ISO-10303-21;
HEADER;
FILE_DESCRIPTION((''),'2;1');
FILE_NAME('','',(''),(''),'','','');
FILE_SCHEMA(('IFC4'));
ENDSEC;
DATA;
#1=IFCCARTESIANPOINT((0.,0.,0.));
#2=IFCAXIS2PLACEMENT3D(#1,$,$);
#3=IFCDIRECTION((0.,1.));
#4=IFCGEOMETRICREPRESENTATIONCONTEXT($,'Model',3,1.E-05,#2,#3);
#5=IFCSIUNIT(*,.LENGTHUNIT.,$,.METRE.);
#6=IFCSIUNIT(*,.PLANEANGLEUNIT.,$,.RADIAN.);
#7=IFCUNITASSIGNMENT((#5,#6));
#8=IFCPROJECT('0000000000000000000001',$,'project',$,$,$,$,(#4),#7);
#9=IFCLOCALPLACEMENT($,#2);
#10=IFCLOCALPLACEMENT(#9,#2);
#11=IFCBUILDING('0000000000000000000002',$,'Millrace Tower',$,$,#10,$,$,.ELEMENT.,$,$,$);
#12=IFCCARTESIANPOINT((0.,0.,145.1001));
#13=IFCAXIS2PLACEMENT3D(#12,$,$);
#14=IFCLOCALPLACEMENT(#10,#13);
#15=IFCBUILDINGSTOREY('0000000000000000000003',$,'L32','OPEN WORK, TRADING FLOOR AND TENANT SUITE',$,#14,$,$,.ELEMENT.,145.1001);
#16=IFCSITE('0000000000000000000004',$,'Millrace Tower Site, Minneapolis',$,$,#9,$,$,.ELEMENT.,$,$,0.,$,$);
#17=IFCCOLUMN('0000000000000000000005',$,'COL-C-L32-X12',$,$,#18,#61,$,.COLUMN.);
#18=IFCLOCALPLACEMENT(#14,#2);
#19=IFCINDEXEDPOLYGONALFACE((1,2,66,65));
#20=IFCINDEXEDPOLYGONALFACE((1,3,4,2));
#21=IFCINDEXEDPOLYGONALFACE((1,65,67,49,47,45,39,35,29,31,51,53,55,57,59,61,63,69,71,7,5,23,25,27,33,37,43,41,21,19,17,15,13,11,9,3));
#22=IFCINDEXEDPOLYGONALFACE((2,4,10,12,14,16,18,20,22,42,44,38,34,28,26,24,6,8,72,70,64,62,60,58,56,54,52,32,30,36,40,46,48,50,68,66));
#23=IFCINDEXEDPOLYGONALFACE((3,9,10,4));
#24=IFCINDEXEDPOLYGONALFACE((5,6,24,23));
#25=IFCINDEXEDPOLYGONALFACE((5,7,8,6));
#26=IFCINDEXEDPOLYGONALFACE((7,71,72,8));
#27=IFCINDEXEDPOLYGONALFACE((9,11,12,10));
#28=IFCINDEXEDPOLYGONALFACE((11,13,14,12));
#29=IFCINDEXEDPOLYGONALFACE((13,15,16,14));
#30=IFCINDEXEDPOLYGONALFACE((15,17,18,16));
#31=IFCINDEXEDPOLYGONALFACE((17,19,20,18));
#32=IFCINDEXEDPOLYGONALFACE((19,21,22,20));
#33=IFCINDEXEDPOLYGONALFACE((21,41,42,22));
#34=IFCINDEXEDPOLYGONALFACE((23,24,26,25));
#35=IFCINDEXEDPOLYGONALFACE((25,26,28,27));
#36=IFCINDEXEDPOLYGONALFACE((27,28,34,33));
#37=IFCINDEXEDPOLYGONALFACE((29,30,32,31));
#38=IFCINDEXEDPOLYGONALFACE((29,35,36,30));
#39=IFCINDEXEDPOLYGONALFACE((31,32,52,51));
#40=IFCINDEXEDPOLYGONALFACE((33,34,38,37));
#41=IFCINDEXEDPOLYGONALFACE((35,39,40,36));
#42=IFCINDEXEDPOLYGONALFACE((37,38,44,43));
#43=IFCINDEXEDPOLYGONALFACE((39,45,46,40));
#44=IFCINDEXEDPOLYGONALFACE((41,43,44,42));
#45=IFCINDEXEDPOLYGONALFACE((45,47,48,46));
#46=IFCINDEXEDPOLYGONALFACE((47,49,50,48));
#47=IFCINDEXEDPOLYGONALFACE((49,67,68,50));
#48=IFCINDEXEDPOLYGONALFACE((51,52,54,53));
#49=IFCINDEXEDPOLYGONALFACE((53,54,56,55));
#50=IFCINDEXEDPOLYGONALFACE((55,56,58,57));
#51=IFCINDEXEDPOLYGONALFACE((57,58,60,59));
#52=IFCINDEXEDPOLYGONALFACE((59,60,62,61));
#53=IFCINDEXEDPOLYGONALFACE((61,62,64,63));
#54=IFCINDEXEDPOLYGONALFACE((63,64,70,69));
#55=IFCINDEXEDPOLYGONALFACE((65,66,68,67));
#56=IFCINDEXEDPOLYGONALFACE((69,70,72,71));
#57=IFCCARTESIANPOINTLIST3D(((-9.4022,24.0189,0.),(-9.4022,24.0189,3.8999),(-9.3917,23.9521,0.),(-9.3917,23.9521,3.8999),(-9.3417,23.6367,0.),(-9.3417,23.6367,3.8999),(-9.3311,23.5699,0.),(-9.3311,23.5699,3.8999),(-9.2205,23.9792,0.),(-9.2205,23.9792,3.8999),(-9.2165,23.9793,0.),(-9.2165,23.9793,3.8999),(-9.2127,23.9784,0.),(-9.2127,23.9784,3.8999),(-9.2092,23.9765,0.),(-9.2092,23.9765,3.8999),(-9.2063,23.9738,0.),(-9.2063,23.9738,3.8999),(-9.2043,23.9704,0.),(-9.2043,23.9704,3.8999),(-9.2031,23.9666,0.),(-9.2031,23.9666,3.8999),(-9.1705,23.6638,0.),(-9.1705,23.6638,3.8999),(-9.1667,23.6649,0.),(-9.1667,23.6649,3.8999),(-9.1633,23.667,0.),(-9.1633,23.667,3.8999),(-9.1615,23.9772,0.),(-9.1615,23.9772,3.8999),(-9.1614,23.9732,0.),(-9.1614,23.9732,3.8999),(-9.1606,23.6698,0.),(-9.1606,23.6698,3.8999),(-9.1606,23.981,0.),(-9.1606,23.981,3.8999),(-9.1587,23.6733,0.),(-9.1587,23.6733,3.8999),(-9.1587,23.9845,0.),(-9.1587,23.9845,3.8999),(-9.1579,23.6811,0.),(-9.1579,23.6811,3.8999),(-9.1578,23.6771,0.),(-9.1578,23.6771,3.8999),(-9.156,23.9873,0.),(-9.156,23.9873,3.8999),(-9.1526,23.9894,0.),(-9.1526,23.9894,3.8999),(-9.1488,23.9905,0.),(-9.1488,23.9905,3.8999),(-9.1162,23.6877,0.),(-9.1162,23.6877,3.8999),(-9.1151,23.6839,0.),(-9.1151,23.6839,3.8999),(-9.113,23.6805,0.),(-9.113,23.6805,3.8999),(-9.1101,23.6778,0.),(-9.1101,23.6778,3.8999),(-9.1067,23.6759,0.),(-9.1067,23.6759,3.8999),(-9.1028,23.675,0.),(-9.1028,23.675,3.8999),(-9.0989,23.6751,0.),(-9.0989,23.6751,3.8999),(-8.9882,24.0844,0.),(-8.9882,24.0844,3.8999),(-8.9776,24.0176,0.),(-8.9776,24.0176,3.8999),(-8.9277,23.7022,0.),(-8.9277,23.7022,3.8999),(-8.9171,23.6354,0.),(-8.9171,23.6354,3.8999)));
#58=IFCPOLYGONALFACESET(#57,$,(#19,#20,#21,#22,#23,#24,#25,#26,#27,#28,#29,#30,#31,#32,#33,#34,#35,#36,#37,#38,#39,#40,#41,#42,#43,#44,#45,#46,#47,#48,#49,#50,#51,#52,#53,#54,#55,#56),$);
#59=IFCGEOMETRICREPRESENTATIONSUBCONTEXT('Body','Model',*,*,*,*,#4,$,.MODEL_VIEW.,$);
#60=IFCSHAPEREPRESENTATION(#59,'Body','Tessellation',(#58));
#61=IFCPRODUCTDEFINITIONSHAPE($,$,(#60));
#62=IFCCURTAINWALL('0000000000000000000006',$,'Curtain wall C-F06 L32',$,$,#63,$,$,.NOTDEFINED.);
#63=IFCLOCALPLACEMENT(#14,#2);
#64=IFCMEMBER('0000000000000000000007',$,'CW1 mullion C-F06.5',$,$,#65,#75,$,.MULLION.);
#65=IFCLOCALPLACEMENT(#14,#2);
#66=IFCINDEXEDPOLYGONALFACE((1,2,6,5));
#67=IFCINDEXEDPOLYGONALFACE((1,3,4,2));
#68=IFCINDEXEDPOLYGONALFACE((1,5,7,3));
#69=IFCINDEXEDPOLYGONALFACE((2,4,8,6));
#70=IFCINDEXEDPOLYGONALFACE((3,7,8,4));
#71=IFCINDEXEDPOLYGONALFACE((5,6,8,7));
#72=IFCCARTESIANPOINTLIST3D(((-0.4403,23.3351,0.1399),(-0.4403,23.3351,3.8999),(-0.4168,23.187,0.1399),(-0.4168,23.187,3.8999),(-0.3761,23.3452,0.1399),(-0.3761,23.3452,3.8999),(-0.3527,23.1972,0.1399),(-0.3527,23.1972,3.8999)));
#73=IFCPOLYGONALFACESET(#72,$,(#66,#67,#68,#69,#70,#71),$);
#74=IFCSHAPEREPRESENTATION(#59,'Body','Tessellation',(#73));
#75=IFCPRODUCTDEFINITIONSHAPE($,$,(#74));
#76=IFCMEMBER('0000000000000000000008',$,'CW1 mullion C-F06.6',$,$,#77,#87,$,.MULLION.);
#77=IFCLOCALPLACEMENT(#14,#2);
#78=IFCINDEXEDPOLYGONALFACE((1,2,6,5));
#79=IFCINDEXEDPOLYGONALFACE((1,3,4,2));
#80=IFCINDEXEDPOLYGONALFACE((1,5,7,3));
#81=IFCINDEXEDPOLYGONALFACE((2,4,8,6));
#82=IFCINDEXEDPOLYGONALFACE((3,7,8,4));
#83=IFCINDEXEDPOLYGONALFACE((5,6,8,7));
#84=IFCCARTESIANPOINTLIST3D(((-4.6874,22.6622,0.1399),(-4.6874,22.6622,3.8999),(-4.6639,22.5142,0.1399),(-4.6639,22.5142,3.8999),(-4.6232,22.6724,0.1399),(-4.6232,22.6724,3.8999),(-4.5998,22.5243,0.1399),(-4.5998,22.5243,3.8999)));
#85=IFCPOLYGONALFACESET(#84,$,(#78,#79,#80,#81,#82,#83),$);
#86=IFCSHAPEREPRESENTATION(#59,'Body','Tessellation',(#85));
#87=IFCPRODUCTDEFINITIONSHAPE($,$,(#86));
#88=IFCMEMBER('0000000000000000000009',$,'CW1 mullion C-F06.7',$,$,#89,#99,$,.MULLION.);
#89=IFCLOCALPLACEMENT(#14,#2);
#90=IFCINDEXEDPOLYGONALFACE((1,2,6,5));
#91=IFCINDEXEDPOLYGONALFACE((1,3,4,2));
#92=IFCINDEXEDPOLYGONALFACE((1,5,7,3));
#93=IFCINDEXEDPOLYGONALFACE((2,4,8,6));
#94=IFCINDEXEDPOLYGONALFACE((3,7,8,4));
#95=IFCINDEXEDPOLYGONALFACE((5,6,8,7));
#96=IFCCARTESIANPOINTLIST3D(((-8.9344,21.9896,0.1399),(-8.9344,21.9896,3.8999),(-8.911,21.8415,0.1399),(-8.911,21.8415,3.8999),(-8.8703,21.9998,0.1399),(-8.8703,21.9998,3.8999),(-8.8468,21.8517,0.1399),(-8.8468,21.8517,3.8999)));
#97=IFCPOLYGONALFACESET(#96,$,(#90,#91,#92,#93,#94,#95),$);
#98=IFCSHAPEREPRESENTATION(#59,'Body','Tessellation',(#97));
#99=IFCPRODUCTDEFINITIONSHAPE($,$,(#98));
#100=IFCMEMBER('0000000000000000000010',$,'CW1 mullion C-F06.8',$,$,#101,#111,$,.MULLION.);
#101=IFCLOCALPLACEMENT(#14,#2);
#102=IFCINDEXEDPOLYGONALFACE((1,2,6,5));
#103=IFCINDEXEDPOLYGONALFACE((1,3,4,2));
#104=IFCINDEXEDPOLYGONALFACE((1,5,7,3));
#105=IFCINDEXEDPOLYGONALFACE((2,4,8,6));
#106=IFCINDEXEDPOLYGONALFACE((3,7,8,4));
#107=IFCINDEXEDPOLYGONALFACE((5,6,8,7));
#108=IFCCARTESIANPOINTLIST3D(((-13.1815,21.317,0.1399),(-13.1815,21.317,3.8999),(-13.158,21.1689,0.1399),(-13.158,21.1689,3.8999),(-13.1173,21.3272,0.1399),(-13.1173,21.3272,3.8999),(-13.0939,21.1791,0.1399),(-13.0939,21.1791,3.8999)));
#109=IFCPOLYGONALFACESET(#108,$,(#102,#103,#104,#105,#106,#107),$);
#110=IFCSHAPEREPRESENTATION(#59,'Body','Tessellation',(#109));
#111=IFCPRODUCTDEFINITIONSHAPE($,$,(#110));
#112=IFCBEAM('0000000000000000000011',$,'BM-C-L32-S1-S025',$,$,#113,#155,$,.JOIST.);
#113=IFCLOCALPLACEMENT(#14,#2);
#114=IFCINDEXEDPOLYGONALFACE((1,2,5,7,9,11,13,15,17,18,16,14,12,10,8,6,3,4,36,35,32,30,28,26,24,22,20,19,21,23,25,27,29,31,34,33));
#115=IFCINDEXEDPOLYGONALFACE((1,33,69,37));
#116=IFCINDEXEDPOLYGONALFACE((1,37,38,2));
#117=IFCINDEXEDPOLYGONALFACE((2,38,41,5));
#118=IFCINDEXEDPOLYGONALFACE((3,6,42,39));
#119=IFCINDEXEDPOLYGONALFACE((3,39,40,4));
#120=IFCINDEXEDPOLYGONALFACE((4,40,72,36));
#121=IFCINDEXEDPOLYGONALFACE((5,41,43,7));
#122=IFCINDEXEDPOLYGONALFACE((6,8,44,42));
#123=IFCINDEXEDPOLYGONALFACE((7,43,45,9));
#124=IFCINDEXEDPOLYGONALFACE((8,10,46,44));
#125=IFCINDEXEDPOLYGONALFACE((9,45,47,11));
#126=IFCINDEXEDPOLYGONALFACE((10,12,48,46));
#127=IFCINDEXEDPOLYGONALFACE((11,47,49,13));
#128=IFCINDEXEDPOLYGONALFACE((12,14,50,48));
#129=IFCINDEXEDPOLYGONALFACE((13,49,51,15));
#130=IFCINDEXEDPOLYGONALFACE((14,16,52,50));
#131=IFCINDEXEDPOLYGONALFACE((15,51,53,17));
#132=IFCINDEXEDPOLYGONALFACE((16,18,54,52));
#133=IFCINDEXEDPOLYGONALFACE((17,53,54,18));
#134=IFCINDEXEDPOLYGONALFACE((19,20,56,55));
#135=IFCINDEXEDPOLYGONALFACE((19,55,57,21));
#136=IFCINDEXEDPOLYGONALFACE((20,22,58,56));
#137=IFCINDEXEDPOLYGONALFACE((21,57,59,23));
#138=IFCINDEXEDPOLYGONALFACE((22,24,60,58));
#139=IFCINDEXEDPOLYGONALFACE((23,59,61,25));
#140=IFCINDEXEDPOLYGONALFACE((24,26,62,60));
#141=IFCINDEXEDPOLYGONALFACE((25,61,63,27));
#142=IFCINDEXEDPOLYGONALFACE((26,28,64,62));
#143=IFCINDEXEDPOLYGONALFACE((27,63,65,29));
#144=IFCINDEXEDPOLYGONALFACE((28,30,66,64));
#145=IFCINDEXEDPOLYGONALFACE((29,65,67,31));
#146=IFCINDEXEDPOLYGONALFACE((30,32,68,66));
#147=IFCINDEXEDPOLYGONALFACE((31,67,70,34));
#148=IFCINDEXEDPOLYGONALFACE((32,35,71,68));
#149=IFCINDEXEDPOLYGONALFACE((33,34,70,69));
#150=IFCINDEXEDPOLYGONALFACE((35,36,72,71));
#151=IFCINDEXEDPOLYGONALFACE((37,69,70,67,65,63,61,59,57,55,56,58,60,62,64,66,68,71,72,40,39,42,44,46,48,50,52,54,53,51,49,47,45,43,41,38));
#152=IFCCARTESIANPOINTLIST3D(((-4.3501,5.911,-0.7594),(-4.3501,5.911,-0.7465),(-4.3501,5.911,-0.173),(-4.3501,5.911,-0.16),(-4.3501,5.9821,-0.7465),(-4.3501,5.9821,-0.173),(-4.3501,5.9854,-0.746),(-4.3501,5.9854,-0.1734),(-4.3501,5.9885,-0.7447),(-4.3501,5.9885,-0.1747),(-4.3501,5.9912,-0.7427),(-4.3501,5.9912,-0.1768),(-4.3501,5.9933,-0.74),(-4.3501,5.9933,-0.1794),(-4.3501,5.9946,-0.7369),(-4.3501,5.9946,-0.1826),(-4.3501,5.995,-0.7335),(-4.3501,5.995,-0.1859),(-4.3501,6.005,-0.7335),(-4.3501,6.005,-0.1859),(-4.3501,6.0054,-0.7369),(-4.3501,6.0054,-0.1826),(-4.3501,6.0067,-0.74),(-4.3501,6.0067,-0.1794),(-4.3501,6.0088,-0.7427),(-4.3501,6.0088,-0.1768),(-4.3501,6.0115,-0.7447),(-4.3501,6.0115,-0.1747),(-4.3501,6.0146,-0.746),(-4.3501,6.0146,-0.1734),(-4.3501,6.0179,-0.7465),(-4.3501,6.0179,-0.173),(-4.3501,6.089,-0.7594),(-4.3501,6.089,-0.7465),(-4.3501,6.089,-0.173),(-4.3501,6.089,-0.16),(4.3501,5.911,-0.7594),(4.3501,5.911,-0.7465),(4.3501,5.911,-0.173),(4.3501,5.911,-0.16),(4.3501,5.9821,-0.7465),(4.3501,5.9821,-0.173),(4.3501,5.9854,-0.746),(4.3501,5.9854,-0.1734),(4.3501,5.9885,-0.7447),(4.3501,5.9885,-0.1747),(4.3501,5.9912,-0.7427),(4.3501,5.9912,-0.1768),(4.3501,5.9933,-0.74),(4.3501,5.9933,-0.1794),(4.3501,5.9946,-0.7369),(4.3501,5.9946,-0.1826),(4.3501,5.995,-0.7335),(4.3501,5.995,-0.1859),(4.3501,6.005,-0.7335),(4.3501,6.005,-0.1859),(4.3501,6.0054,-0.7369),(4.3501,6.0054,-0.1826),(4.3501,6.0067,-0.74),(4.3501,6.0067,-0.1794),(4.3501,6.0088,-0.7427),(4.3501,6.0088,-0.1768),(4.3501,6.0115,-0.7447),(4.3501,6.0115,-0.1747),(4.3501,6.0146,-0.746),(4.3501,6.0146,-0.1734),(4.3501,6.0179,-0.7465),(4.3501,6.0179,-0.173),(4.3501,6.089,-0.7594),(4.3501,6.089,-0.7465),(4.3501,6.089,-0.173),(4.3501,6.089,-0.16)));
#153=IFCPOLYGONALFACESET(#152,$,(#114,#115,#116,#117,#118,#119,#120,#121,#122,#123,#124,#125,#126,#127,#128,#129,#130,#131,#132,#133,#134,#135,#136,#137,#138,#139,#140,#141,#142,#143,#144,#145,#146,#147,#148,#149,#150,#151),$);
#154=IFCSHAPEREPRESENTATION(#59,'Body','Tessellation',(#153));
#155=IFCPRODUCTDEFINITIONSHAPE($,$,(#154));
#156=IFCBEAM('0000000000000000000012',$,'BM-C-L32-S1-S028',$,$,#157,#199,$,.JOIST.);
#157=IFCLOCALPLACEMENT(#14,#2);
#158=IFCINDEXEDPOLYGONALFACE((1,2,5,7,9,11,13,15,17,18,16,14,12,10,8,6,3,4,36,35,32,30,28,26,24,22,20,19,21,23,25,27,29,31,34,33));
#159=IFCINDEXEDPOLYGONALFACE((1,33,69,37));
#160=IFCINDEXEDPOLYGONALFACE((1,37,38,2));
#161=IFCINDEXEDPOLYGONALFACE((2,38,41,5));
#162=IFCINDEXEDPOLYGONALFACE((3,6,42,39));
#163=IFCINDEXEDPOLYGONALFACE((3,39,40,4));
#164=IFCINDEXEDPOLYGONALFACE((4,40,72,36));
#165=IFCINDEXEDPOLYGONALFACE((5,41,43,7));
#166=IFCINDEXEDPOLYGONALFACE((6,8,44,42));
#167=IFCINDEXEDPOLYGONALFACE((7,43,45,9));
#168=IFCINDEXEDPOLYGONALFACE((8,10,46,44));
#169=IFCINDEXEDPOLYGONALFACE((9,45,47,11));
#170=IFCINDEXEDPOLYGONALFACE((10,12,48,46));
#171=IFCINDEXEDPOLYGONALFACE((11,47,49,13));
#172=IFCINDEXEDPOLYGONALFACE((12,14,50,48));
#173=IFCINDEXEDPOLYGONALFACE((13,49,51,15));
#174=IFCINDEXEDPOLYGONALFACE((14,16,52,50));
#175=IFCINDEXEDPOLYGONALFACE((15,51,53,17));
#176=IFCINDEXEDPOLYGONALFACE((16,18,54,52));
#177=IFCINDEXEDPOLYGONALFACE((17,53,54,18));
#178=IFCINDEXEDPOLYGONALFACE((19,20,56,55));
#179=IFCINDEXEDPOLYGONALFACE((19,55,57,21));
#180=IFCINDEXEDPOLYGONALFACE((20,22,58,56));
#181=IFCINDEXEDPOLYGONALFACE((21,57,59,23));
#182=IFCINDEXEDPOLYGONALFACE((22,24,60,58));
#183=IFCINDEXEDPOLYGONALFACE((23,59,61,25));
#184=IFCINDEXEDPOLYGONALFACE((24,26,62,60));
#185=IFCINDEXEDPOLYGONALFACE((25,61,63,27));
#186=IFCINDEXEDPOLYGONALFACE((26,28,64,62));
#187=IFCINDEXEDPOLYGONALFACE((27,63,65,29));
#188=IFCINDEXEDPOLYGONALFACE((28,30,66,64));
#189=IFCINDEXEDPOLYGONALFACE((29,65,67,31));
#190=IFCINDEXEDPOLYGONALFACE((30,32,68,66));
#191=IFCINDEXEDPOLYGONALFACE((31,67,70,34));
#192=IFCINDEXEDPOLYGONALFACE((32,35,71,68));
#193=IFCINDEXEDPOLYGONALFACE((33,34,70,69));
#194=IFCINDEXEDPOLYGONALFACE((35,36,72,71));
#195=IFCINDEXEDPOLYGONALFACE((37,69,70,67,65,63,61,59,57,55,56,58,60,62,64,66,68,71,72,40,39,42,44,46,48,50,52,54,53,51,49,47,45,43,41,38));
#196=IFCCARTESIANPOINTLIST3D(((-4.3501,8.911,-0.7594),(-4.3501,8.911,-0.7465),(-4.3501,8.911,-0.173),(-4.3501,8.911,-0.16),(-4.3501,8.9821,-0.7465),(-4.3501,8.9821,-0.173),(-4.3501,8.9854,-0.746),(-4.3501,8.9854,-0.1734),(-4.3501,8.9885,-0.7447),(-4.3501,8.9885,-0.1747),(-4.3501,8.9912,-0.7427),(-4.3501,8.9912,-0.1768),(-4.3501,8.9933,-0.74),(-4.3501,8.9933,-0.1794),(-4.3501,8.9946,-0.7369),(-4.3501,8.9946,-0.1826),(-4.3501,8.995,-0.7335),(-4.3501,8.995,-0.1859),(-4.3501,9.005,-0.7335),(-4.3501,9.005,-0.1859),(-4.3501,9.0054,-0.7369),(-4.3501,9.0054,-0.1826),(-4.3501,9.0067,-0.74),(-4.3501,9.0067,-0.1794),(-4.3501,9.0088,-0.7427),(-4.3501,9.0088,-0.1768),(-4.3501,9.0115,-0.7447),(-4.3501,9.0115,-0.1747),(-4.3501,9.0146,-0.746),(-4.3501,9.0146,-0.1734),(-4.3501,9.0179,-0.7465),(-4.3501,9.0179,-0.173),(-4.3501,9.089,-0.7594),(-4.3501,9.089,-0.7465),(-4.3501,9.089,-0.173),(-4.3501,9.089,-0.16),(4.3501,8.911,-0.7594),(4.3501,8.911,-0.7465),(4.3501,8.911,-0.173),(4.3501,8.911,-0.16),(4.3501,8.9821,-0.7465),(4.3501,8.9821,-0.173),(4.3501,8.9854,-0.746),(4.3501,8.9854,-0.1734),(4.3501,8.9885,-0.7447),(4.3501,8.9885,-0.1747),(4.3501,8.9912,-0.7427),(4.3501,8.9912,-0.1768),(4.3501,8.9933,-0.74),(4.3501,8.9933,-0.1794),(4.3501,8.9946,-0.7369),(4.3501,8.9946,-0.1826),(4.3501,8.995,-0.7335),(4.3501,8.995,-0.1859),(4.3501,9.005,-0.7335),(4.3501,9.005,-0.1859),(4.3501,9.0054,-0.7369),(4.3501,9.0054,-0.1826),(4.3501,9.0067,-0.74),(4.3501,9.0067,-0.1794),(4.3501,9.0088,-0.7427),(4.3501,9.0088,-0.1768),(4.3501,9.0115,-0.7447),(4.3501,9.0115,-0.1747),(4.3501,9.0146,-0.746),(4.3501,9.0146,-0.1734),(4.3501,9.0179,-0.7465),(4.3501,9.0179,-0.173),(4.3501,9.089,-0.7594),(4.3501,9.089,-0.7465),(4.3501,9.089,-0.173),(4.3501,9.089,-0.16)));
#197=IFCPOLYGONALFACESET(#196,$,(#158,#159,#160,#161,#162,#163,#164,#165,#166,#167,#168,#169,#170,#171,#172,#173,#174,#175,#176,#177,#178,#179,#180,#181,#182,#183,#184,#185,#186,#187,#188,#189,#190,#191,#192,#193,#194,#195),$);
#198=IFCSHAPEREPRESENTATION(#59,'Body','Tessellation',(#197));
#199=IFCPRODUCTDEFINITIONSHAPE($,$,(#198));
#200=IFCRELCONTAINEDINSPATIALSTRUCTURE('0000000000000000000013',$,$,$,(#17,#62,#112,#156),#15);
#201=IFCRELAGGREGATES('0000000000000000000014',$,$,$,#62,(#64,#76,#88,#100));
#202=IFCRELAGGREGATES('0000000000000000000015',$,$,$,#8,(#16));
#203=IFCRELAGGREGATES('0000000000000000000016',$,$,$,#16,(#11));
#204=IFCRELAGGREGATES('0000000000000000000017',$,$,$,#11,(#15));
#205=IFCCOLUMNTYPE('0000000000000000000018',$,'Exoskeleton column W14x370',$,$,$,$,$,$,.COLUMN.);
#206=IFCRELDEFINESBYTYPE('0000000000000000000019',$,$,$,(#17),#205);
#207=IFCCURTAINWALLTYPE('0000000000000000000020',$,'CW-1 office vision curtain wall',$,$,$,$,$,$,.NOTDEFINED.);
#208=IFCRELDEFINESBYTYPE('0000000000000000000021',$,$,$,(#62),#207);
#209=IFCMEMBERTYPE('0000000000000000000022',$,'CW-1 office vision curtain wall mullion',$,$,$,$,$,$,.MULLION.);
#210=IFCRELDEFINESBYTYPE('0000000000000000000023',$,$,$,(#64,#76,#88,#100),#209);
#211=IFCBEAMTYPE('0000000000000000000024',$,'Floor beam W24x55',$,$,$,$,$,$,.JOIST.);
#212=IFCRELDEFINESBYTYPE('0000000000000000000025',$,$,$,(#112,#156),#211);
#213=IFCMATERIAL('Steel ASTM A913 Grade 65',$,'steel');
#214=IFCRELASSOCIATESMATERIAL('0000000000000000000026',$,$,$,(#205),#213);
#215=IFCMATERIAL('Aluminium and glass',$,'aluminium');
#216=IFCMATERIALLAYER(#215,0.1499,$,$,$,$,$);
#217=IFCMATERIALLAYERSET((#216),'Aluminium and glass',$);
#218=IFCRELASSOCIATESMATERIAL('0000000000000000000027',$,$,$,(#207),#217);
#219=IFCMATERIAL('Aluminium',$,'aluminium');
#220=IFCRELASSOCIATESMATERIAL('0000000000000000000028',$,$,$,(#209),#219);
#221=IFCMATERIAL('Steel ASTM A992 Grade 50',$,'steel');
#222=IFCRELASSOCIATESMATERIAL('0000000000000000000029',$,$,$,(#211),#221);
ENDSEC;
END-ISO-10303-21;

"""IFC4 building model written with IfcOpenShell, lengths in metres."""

from ifc_helpers import new_model, si_unit, direction, frame, origin, origin_2d, place, context, subcontext, project, spatial, rectangle, i_section, extrude, material, layer, layer_set, material_profile, profile_set, type_object, element, aggregate, save


model = new_model("IFC4")

# Units and contexts
model_context = context("Model", 3, precision=1e-05, world=origin(), true_north=direction((0.0, 1.0)))
body_context = subcontext(model_context, "Body", "Model", "MODEL_VIEW")
ifc_project = project(units=[si_unit("LENGTHUNIT", "METRE"), si_unit("PLANEANGLEUNIT", "RADIAN")], contexts=[model_context])

# Site, building, storey
site_placement = place(None, origin())
site = spatial("IfcSite", under=ifc_project, at=site_placement, Name="Millrace Tower Site, Minneapolis", CompositionType="ELEMENT", RefElevation=0.0)
building_placement = place(site_placement, origin())
building = spatial("IfcBuilding", under=site, at=building_placement, Name="Millrace Tower", CompositionType="ELEMENT")
storey_placement = place(building_placement, frame((0.0, 0.0, 145.1001)))
storey = spatial("IfcBuildingStorey", under=building, at=storey_placement, Name="L32", Description="OPEN WORK, TRADING FLOOR AND TENANT SUITE", CompositionType="ELEMENT", Elevation=145.1001)

# Column
ifc_material_1 = material(Name="Steel ASTM A913 Grade 65", Category="steel")
ifc_material_profile_1 = material_profile(ifc_material_1, i_section(OverallWidth=0.4192, OverallDepth=0.4546, WebThickness=0.0422, FlangeThickness=0.0676, FilletRadius=0.0151, at=origin_2d()))
ifc_profile_set_1 = profile_set([ifc_material_profile_1], Name="Steel ASTM A913 Grade 65")
column_type = type_object("IfcColumnType", Name="Exoskeleton column W14x370", PredefinedType="COLUMN", material=ifc_profile_set_1)
column_placement = place(storey_placement, frame((-9.1597, 23.8271, 0.0), z_axis=(0.0, 0.0, 1.0), x_axis=(-0.987688, -0.156434, 0.0)))
element("IfcColumn", 1, at=column_placement, inside=storey, type_object=column_type, Name="COL-C-L32-X12", PredefinedType="COLUMN", context=body_context, shape_type="SweptSolid", body=[
    extrude(i_section(OverallWidth=0.4192, OverallDepth=0.4546, WebThickness=0.0422, FlangeThickness=0.0676, FilletRadius=0.0151, at=origin_2d()), origin(), (0.0, 0.0, 1.0), 3.8999),
])

# Curtain wall, members
ifc_material_2 = material(Name="Aluminium and glass", Category="aluminium")
ifc_layer_1 = layer(ifc_material_2, 0.1499)
ifc_layer_set_1 = layer_set([ifc_layer_1], Name="Aluminium and glass")
curtain_wall_type = type_object("IfcCurtainWallType", Name="CW-1 office vision curtain wall", PredefinedType="NOTDEFINED", material=ifc_layer_set_1)
placement = place(storey_placement, origin())
curtain_wall = element("IfcCurtainWall", 2, at=placement, inside=storey, type_object=curtain_wall_type, Name="Curtain wall C-F06 L32", PredefinedType="NOTDEFINED")
ifc_material_3 = material(Name="Aluminium", Category="aluminium")
ifc_material_profile_2 = material_profile(ifc_material_3, rectangle(XDim=0.0649, YDim=0.1499, at=origin_2d()))
ifc_profile_set_2 = profile_set([ifc_material_profile_2], Name="Aluminium")
member_type = type_object("IfcMemberType", Name="CW-1 office vision curtain wall mullion", PredefinedType="MULLION", material=ifc_profile_set_2)
member_1_placement = place(storey_placement, frame((-0.3965, 23.2661, 0.1399), z_axis=(0.0, 0.0, 1.0), x_axis=(-0.987688, -0.156434, 0.0)))
member_1 = element("IfcMember", 3, at=member_1_placement, type_object=member_type, Name="CW1 mullion C-F06.5", PredefinedType="MULLION", context=body_context, shape_type="SweptSolid", body=[
    extrude(rectangle(XDim=0.0649, YDim=0.1499, at=origin_2d()), origin(), (0.0, 0.0, 1.0), 3.76),
])
member_2_placement = place(storey_placement, frame((-4.6436, 22.5933, 0.1399), z_axis=(0.0, 0.0, 1.0), x_axis=(-0.987688, -0.156434, 0.0)))
member_2 = element("IfcMember", 4, at=member_2_placement, type_object=member_type, Name="CW1 mullion C-F06.6", PredefinedType="MULLION", context=body_context, shape_type="SweptSolid", body=[
    extrude(rectangle(XDim=0.0649, YDim=0.1499, at=origin_2d()), origin(), (0.0, 0.0, 1.0), 3.76),
])
member_3_placement = place(storey_placement, frame((-8.8906, 21.9207, 0.1399), z_axis=(0.0, 0.0, 1.0), x_axis=(-0.987688, -0.156434, 0.0)))
member_3 = element("IfcMember", 5, at=member_3_placement, type_object=member_type, Name="CW1 mullion C-F06.7", PredefinedType="MULLION", context=body_context, shape_type="SweptSolid", body=[
    extrude(rectangle(XDim=0.0649, YDim=0.1499, at=origin_2d()), origin(), (0.0, 0.0, 1.0), 3.76),
])
member_4_placement = place(storey_placement, frame((-13.1377, 21.248, 0.1399), z_axis=(0.0, 0.0, 1.0), x_axis=(-0.987688, -0.156434, 0.0)))
member_4 = element("IfcMember", 6, at=member_4_placement, type_object=member_type, Name="CW1 mullion C-F06.8", PredefinedType="MULLION", context=body_context, shape_type="SweptSolid", body=[
    extrude(rectangle(XDim=0.0649, YDim=0.1499, at=origin_2d()), origin(), (0.0, 0.0, 1.0), 3.76),
])
aggregate(curtain_wall, [member_1, member_2, member_3, member_4])

# Beams
ifc_material_4 = material(Name="Steel ASTM A992 Grade 50", Category="steel")
ifc_material_profile_3 = material_profile(ifc_material_4, i_section(OverallWidth=0.178, OverallDepth=0.5994, WebThickness=0.01, FlangeThickness=0.0129, FilletRadius=0.0129, at=origin_2d()))
ifc_profile_set_3 = profile_set([ifc_material_profile_3], Name="Steel ASTM A992 Grade 50")
beam_type_1 = type_object("IfcBeamType", Name="Floor beam W24x55", PredefinedType="JOIST", material=ifc_profile_set_3)
for number, where, z_axis, x_axis, name in (
    (7, (-4.3501, 6.0, -0.4597), (1.0, 0.0, 0.0), (0.0, 1.0, 0.0), "BM-C-L32-S1-S025"),
    (8, (-4.3501, 9.0, -0.4597), (1.0, 0.0, 0.0), (0.0, 1.0, 0.0), "BM-C-L32-S1-S028"),
):
    element("IfcBeam", number, at=place(storey_placement, frame(where, z_axis=z_axis, x_axis=x_axis)), inside=storey, type_object=beam_type_1, Name=name, PredefinedType="JOIST", context=body_context, shape_type="SweptSolid", body=[
        extrude(i_section(OverallWidth=0.178, OverallDepth=0.5994, WebThickness=0.01, FlangeThickness=0.0129, FilletRadius=0.0129, at=origin_2d()), origin(), (0.0, 0.0, 1.0), 8.7002),
    ])

save(model, "model.ifc")
